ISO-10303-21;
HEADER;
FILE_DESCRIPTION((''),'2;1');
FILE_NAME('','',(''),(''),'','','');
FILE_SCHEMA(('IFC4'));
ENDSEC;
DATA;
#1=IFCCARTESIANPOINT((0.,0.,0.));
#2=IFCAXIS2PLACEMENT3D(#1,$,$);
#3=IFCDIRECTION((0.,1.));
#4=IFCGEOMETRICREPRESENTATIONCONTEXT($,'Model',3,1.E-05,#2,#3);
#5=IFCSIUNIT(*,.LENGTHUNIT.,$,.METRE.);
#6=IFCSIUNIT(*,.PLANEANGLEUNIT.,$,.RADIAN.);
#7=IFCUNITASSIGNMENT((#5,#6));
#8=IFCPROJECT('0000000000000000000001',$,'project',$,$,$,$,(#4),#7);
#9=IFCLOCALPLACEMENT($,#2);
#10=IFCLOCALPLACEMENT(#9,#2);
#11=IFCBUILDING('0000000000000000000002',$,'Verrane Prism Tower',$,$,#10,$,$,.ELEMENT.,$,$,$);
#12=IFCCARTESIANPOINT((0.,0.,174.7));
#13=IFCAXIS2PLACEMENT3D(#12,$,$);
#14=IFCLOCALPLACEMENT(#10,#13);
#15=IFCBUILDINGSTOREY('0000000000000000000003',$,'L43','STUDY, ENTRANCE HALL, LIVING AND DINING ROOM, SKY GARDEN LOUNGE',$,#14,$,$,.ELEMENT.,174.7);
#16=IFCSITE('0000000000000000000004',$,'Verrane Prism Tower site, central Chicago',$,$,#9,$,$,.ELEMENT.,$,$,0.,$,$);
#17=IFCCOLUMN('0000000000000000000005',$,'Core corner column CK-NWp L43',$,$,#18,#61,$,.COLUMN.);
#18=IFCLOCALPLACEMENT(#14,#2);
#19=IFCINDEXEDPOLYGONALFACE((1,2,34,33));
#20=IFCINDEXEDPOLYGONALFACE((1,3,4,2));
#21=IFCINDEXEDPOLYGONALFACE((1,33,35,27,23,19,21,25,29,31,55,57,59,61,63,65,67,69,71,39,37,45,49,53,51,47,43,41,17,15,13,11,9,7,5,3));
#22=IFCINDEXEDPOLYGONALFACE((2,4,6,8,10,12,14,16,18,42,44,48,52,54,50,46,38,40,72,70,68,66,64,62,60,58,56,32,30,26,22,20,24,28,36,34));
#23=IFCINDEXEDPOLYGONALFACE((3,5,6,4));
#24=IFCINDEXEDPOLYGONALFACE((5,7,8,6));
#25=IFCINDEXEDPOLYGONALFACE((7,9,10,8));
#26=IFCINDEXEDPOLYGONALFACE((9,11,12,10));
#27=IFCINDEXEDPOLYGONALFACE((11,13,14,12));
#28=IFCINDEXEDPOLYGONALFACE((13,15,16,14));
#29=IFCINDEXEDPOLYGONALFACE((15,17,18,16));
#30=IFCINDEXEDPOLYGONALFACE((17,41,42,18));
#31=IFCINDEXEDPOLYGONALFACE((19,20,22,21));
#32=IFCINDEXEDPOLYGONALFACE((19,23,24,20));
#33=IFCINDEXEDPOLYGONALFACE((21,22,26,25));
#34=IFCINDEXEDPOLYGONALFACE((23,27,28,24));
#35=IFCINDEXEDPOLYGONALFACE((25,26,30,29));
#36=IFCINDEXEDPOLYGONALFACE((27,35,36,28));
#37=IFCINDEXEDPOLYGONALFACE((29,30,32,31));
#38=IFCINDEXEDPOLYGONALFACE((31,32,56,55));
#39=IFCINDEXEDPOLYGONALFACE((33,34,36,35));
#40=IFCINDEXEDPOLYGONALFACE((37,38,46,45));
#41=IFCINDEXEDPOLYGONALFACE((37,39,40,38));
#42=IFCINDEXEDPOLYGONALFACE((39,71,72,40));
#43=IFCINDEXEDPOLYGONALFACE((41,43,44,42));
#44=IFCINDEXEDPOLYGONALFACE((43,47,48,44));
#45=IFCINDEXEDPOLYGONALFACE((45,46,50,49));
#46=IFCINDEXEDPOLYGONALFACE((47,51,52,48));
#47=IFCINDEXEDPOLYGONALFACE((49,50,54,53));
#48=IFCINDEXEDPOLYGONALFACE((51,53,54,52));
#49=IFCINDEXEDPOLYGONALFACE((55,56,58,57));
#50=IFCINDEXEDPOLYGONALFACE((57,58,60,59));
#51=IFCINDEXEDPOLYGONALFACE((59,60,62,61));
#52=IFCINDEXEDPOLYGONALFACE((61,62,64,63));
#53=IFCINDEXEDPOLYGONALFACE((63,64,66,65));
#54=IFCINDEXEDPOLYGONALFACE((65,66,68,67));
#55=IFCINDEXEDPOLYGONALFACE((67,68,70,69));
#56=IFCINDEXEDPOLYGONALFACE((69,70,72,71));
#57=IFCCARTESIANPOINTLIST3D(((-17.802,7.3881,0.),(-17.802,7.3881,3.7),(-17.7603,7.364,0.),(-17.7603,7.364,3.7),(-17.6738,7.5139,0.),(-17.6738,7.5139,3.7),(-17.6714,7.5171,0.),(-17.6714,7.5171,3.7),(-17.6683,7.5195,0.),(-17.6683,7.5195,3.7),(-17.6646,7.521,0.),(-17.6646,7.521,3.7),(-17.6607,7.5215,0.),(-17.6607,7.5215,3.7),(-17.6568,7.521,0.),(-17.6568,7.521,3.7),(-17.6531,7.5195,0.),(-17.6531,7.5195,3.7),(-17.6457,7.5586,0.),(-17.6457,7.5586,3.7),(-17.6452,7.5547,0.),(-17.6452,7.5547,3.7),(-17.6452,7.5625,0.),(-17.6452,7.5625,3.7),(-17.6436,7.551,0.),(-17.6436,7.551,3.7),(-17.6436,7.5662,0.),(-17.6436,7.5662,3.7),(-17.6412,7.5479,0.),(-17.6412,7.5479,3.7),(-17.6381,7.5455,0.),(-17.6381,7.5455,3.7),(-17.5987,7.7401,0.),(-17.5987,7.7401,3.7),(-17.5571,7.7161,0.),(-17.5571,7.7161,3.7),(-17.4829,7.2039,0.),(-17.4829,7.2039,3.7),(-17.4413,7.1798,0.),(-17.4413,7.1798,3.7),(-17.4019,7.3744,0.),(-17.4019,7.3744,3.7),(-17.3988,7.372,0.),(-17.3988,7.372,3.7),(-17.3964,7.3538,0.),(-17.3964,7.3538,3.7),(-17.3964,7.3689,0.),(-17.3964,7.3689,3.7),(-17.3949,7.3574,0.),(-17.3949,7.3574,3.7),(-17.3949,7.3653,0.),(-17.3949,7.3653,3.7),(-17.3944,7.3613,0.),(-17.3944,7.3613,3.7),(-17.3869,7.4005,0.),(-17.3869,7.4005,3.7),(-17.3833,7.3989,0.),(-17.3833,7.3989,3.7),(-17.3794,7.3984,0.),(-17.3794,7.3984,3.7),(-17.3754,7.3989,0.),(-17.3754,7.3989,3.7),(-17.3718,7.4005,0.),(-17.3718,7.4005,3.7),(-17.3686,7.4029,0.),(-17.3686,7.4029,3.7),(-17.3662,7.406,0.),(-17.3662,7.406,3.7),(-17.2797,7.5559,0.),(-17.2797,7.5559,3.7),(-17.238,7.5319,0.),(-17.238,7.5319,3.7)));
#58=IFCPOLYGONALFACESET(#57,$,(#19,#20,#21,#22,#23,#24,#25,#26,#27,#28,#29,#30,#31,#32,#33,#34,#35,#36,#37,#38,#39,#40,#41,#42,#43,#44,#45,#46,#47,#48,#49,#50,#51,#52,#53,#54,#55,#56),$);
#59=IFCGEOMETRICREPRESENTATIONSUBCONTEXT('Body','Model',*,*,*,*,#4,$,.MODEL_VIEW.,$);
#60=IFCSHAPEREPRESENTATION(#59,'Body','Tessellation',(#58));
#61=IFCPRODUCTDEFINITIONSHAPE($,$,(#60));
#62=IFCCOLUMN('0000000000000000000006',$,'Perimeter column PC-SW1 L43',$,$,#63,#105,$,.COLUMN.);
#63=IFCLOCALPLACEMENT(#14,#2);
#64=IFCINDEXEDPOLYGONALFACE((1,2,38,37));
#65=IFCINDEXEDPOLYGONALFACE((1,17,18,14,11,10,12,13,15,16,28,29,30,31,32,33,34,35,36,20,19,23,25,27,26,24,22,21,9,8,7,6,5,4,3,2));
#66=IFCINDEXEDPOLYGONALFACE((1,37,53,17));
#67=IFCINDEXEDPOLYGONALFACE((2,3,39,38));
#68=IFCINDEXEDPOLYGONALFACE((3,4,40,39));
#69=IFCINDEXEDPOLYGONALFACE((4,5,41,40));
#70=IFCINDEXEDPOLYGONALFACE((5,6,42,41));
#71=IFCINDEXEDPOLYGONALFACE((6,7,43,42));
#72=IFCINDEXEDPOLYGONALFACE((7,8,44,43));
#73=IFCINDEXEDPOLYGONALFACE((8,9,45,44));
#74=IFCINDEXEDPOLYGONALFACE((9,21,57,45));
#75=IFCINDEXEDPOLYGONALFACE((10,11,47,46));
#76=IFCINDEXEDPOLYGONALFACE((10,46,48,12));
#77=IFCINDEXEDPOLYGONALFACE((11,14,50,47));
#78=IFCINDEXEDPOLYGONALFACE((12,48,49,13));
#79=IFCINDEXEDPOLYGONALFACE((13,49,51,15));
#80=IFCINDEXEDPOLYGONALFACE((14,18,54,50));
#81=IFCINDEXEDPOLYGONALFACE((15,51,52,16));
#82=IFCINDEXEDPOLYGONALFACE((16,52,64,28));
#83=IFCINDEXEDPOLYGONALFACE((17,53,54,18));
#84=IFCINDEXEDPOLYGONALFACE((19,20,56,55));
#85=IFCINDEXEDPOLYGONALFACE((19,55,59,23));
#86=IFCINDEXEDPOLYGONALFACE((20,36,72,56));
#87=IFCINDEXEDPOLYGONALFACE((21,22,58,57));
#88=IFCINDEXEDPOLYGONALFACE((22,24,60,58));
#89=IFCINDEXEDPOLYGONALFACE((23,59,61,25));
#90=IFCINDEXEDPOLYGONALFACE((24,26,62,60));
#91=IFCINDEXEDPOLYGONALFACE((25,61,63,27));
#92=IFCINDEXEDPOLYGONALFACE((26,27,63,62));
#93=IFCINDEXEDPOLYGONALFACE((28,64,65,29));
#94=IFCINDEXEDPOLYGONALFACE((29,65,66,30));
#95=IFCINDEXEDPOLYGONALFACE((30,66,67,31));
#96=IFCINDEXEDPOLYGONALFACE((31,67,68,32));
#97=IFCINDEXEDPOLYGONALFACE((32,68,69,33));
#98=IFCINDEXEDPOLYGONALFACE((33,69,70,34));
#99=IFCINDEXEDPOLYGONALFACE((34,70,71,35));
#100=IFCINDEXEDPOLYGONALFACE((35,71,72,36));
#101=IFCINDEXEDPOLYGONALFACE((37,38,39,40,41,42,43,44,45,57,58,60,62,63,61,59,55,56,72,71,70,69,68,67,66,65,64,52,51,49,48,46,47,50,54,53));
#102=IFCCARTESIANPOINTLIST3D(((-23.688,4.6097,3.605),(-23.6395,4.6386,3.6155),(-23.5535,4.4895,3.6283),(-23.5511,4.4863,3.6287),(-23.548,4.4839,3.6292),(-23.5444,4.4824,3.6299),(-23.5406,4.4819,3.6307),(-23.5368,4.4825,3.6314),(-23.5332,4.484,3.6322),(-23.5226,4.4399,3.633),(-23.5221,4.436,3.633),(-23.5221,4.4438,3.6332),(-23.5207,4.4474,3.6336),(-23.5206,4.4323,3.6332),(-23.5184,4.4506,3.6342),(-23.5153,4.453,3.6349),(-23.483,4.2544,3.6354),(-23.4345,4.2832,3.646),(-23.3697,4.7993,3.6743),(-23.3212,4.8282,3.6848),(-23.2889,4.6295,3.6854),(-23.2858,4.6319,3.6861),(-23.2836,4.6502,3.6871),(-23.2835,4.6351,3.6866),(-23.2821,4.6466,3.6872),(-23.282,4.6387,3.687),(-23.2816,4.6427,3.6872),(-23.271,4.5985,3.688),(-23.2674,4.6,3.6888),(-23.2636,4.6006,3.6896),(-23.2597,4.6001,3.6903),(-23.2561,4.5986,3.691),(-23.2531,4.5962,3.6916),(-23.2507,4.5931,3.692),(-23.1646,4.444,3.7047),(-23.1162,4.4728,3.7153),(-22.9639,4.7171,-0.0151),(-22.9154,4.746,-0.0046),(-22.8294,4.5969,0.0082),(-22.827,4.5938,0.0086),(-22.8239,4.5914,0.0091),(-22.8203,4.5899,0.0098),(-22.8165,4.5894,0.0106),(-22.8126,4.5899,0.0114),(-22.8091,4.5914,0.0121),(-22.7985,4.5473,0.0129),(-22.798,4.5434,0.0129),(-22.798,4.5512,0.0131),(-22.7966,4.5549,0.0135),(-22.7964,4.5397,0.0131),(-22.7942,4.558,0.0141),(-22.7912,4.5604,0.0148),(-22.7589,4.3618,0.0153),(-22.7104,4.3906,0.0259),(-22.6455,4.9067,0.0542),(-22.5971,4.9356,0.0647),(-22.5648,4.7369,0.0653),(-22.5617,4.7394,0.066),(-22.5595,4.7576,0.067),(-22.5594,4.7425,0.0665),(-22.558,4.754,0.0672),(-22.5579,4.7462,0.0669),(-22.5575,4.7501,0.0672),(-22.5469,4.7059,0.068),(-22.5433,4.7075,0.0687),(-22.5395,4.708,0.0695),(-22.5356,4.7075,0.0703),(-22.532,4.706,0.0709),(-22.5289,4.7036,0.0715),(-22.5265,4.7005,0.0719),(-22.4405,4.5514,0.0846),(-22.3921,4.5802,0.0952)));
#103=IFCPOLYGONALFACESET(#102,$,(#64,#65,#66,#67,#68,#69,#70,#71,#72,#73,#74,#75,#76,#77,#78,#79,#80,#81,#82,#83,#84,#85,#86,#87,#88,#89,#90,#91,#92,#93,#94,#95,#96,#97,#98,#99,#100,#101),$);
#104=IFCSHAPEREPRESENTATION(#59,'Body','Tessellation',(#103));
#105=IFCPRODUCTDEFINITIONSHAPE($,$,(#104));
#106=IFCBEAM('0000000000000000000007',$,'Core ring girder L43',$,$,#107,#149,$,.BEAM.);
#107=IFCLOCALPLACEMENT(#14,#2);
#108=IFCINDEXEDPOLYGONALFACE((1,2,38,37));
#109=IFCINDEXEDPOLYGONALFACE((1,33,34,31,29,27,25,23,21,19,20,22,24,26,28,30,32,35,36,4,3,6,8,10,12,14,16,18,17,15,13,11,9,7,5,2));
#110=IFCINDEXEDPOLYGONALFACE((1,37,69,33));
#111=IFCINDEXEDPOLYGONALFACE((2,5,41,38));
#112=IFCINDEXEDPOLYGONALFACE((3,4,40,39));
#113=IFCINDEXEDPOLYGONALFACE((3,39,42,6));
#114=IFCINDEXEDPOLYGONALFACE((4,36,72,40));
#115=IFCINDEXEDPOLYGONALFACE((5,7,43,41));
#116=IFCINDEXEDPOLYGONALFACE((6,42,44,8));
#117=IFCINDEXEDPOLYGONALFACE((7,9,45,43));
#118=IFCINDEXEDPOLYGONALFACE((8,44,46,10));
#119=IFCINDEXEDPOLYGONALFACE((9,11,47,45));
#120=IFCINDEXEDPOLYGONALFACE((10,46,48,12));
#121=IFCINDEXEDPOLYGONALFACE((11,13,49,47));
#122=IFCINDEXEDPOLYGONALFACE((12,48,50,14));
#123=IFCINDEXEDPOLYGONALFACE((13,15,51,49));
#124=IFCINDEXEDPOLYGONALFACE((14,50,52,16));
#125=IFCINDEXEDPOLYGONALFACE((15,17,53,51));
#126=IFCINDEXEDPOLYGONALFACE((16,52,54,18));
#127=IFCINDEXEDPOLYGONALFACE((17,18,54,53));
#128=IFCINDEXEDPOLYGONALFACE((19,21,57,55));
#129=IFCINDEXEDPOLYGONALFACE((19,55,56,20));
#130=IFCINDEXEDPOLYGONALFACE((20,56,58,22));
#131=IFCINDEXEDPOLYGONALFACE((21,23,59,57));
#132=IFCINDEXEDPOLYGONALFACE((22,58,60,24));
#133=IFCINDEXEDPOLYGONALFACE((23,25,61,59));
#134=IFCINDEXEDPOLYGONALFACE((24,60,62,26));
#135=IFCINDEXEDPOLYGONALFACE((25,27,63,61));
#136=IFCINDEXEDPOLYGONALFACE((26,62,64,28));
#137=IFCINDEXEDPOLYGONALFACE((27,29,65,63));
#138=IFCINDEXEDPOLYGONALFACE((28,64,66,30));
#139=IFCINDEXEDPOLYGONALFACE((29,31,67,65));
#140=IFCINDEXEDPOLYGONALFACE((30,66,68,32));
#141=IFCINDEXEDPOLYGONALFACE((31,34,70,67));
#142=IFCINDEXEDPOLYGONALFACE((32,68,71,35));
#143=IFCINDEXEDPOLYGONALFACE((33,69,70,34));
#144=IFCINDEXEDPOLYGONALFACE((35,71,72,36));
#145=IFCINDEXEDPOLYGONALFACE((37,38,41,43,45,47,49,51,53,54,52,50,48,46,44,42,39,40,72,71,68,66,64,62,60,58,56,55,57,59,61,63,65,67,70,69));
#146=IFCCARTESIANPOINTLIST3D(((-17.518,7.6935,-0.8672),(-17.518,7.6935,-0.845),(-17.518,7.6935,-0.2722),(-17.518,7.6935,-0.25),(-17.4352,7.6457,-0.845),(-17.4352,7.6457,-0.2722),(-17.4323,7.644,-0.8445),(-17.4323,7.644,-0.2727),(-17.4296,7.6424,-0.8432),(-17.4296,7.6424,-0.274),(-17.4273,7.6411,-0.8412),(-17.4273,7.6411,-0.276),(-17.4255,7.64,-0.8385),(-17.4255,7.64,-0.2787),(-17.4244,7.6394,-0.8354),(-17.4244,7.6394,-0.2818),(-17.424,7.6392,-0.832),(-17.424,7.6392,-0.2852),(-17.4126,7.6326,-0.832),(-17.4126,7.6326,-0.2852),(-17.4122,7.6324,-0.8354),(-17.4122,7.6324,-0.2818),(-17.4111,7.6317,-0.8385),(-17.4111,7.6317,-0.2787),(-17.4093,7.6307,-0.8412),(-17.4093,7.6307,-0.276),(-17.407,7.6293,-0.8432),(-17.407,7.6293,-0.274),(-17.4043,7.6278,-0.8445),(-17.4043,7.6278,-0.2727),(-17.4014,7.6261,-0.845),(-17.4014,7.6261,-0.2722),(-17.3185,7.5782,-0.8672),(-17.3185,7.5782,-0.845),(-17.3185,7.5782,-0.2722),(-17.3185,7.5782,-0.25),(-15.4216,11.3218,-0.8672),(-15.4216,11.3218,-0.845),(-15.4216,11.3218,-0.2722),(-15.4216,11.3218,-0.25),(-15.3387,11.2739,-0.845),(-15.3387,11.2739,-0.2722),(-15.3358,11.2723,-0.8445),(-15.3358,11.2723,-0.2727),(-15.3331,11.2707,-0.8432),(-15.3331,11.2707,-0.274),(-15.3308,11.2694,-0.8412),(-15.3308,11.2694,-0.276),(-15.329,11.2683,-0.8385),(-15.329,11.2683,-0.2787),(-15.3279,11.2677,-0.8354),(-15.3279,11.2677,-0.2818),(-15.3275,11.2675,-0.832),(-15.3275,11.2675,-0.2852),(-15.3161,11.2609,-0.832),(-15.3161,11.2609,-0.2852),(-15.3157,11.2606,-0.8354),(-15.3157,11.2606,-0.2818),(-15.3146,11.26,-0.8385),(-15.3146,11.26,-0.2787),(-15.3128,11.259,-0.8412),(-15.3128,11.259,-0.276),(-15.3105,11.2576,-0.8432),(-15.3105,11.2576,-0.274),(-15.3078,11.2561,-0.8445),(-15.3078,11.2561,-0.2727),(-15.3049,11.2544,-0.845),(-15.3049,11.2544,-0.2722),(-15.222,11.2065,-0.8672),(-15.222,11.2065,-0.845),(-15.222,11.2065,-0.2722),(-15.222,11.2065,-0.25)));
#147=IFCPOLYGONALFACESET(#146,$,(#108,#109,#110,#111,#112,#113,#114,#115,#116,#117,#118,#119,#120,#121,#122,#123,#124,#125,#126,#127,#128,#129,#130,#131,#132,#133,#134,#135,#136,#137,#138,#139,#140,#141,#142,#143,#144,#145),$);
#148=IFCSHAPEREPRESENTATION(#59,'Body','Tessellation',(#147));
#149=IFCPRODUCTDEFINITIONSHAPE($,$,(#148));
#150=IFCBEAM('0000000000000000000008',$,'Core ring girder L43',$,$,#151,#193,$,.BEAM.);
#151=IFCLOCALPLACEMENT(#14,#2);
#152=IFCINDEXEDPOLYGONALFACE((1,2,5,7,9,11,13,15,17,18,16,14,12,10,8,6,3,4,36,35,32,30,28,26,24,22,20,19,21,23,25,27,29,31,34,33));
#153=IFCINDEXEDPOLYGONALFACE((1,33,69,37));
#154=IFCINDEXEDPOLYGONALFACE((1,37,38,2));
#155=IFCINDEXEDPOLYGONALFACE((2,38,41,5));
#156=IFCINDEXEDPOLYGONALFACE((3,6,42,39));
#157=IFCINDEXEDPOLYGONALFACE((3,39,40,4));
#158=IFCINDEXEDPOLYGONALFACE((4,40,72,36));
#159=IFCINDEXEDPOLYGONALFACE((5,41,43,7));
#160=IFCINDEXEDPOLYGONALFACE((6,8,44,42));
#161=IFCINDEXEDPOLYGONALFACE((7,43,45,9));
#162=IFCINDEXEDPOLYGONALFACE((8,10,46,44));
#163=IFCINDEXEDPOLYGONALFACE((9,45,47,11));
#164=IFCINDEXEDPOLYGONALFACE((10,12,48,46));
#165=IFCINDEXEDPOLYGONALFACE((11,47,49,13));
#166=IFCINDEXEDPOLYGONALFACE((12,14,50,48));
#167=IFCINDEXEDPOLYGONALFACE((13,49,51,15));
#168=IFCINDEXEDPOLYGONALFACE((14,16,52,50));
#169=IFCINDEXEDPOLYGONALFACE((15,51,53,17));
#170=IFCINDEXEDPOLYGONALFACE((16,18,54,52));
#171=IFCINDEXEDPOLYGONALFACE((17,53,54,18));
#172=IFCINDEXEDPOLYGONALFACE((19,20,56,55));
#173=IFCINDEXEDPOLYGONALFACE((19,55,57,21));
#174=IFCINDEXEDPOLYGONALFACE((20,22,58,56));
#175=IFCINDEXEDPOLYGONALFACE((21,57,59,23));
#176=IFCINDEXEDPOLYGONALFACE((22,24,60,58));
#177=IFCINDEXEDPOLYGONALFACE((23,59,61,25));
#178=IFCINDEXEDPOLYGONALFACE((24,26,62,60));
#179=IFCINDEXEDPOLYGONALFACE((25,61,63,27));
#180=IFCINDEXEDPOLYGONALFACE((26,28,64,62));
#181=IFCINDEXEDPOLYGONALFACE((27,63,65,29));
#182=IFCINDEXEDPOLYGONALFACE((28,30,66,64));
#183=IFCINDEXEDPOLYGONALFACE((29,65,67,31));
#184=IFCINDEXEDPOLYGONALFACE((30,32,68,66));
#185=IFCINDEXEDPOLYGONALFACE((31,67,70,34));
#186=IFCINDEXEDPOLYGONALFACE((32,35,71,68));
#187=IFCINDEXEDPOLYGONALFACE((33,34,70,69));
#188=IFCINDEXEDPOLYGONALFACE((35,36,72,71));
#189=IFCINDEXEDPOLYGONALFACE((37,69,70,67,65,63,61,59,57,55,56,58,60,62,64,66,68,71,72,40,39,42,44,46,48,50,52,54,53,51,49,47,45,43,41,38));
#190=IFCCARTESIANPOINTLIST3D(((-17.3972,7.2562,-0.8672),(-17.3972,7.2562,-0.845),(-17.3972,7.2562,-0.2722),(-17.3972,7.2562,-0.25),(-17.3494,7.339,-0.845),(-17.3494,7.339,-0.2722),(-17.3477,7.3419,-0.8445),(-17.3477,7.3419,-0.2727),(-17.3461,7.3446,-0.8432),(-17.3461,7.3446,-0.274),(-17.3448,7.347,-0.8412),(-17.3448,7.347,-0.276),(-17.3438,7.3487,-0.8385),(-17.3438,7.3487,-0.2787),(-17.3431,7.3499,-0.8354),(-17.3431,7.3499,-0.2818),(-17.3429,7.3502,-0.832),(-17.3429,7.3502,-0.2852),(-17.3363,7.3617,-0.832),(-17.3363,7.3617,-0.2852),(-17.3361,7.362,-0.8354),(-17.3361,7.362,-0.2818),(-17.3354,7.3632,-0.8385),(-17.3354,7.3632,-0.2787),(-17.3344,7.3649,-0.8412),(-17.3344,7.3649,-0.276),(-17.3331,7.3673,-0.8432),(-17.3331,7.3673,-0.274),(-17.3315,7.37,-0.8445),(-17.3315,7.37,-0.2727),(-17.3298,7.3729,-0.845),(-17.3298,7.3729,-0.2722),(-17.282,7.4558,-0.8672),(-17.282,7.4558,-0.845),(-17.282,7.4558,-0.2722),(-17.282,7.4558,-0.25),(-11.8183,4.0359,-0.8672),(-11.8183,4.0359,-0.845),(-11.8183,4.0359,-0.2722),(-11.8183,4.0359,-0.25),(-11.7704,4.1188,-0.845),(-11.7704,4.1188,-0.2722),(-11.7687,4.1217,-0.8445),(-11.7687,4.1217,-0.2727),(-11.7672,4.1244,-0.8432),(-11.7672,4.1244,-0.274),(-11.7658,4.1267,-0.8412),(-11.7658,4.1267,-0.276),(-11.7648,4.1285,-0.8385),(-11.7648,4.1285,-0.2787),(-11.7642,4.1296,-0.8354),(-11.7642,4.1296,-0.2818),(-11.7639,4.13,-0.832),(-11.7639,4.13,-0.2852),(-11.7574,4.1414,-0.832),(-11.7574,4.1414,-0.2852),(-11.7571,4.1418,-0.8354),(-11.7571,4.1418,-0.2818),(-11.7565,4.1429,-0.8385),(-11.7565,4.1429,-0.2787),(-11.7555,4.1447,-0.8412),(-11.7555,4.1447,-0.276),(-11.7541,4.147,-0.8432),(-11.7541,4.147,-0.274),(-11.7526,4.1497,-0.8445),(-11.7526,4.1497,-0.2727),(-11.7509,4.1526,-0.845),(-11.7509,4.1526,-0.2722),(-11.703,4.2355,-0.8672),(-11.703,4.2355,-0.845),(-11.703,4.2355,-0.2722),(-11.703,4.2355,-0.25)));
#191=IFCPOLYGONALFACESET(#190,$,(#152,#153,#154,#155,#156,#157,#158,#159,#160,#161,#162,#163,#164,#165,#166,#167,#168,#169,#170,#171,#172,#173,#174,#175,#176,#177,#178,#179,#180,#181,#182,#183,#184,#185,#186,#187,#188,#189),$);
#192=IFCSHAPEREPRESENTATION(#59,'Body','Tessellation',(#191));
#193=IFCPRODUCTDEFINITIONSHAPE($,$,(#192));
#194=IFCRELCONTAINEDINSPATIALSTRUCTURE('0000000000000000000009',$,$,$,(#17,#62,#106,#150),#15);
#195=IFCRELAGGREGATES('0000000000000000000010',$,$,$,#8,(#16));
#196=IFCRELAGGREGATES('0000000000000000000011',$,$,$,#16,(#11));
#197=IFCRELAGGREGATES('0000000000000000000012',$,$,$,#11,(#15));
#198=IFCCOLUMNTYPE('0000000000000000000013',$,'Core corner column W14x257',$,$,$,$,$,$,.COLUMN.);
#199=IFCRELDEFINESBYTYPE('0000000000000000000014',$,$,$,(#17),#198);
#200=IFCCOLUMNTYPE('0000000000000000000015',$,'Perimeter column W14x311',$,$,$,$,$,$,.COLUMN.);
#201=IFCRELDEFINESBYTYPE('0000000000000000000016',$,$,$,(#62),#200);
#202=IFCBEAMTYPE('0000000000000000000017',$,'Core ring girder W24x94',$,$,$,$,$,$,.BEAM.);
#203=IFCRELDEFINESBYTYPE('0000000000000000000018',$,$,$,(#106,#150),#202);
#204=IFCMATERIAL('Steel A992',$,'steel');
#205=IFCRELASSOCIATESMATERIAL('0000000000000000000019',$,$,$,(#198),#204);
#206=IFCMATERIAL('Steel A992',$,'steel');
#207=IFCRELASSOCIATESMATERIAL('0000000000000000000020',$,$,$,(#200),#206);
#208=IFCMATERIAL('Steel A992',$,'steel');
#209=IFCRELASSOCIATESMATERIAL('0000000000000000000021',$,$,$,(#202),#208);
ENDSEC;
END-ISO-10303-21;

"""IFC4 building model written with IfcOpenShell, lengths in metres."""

from ifc_helpers import new_model, si_unit, direction, frame, origin, origin_2d, place, context, subcontext, project, spatial, i_section, extrude, material, material_profile, profile_set, type_object, element, save


model = new_model("IFC4")

# Units and contexts
model_context = context("Model", 3, precision=1e-05, world=origin(), true_north=direction((0.0, 1.0)))
body_context = subcontext(model_context, "Body", "Model", "MODEL_VIEW")
ifc_project = project(units=[si_unit("LENGTHUNIT", "METRE"), si_unit("PLANEANGLEUNIT", "RADIAN")], contexts=[model_context])

# Site, building, storey
site_placement = place(None, origin())
site = spatial("IfcSite", under=ifc_project, at=site_placement, Name="Verrane Prism Tower site, central Chicago", CompositionType="ELEMENT", RefElevation=0.0)
building_placement = place(site_placement, origin())
building = spatial("IfcBuilding", under=site, at=building_placement, Name="Verrane Prism Tower", CompositionType="ELEMENT")
storey_placement = place(building_placement, frame((0.0, 0.0, 174.7)))
storey = spatial("IfcBuildingStorey", under=building, at=storey_placement, Name="L43", Description="STUDY, ENTRANCE HALL, LIVING AND DINING ROOM, SKY GARDEN LOUNGE", CompositionType="ELEMENT", Elevation=174.7)

# Columns
ifc_material_1 = material(Name="Steel A992", Category="steel")
ifc_material_profile_1 = material_profile(ifc_material_1, i_section(OverallWidth=0.4065, OverallDepth=0.4165, WebThickness=0.03, FlangeThickness=0.0481, FilletRadius=0.0151, at=origin_2d()), Name="W14x257")
ifc_profile_set_1 = profile_set([ifc_material_profile_1], Name="Steel A992")
column_type_1 = type_object("IfcColumnType", Name="Core corner column W14x257", PredefinedType="COLUMN", material=ifc_profile_set_1)
column_1_placement = place(storey_placement, frame((-17.52, 7.46, 0.0), z_axis=(0.0, 0.0, 1.0), x_axis=(0.5, 0.866025, 0.0)))
element("IfcColumn", 1, at=column_1_placement, inside=storey, type_object=column_type_1, Name="Core corner column CK-NWp L43", PredefinedType="COLUMN", context=body_context, shape_type="SweptSolid", body=[
    extrude(i_section(OverallWidth=0.4065, OverallDepth=0.4165, WebThickness=0.03, FlangeThickness=0.0481, FilletRadius=0.0151, at=origin_2d()), origin(), (0.0, 0.0, 1.0), 3.7),
])
ifc_material_2 = material(Name="Steel A992", Category="steel")
ifc_material_profile_2 = material_profile(ifc_material_2, i_section(OverallWidth=0.4114, OverallDepth=0.4343, WebThickness=0.0359, FlangeThickness=0.0574, FilletRadius=0.0151, at=origin_2d()), Name="W14x311")
ifc_profile_set_2 = profile_set([ifc_material_profile_2], Name="Steel A992")
column_type_2 = type_object("IfcColumnType", Name="Perimeter column W14x311", PredefinedType="COLUMN", material=ifc_profile_set_2)
column_2_placement = place(storey_placement, frame((-22.678, 4.6487, 0.04), z_axis=(-0.196059, -0.029085, 0.980161), x_axis=(-0.498371, 0.863795, -0.074056)))
element("IfcColumn", 2, at=column_2_placement, inside=storey, type_object=column_type_2, Name="Perimeter column PC-SW1 L43", PredefinedType="COLUMN", context=body_context, shape_type="SweptSolid", body=[
    extrude(i_section(OverallWidth=0.4114, OverallDepth=0.4343, WebThickness=0.0359, FlangeThickness=0.0574, FilletRadius=0.0151, at=origin_2d()), origin(), (0.0, 0.0, 1.0), 3.6934),
])

# Beams
ifc_material_3 = material(Name="Steel A992", Category="steel")
ifc_material_profile_3 = material_profile(ifc_material_3, i_section(OverallWidth=0.2305, OverallDepth=0.6172, WebThickness=0.0132, FlangeThickness=0.0222, FilletRadius=0.0129, at=origin_2d()), Name="W24x94")
ifc_profile_set_3 = profile_set([ifc_material_profile_3], Name="Steel A992")
beam_type_1 = type_object("IfcBeamType", Name="Core ring girder W24x94", PredefinedType="BEAM", material=ifc_profile_set_3)
beam_1_placement = place(storey_placement, frame((-15.3218, 11.2642, -0.5586), z_axis=(-0.500306, -0.865849, 0.0), x_axis=(0.865849, -0.500306, 0.0)))
element("IfcBeam", 3, at=beam_1_placement, inside=storey, type_object=beam_type_1, Name="Core ring girder L43", PredefinedType="BEAM", context=body_context, shape_type="SweptSolid", body=[
    extrude(i_section(OverallWidth=0.2305, OverallDepth=0.6172, WebThickness=0.0132, FlangeThickness=0.0222, FilletRadius=0.0129, at=origin_2d()), origin(), (0.0, 0.0, 1.0), 4.1904),
])
beam_2_placement = place(storey_placement, frame((-17.3396, 7.356, -0.5586), z_axis=(0.866075, -0.499914, 0.0), x_axis=(0.499914, 0.866075, 0.0)))
element("IfcBeam", 4, at=beam_2_placement, inside=storey, type_object=beam_type_1, Name="Core ring girder L43", PredefinedType="BEAM", context=body_context, shape_type="SweptSolid", body=[
    extrude(i_section(OverallWidth=0.2305, OverallDepth=0.6172, WebThickness=0.0132, FlangeThickness=0.0222, FilletRadius=0.0129, at=origin_2d()), origin(), (0.0, 0.0, 1.0), 6.4417),
])

save(model, "model.ifc")
